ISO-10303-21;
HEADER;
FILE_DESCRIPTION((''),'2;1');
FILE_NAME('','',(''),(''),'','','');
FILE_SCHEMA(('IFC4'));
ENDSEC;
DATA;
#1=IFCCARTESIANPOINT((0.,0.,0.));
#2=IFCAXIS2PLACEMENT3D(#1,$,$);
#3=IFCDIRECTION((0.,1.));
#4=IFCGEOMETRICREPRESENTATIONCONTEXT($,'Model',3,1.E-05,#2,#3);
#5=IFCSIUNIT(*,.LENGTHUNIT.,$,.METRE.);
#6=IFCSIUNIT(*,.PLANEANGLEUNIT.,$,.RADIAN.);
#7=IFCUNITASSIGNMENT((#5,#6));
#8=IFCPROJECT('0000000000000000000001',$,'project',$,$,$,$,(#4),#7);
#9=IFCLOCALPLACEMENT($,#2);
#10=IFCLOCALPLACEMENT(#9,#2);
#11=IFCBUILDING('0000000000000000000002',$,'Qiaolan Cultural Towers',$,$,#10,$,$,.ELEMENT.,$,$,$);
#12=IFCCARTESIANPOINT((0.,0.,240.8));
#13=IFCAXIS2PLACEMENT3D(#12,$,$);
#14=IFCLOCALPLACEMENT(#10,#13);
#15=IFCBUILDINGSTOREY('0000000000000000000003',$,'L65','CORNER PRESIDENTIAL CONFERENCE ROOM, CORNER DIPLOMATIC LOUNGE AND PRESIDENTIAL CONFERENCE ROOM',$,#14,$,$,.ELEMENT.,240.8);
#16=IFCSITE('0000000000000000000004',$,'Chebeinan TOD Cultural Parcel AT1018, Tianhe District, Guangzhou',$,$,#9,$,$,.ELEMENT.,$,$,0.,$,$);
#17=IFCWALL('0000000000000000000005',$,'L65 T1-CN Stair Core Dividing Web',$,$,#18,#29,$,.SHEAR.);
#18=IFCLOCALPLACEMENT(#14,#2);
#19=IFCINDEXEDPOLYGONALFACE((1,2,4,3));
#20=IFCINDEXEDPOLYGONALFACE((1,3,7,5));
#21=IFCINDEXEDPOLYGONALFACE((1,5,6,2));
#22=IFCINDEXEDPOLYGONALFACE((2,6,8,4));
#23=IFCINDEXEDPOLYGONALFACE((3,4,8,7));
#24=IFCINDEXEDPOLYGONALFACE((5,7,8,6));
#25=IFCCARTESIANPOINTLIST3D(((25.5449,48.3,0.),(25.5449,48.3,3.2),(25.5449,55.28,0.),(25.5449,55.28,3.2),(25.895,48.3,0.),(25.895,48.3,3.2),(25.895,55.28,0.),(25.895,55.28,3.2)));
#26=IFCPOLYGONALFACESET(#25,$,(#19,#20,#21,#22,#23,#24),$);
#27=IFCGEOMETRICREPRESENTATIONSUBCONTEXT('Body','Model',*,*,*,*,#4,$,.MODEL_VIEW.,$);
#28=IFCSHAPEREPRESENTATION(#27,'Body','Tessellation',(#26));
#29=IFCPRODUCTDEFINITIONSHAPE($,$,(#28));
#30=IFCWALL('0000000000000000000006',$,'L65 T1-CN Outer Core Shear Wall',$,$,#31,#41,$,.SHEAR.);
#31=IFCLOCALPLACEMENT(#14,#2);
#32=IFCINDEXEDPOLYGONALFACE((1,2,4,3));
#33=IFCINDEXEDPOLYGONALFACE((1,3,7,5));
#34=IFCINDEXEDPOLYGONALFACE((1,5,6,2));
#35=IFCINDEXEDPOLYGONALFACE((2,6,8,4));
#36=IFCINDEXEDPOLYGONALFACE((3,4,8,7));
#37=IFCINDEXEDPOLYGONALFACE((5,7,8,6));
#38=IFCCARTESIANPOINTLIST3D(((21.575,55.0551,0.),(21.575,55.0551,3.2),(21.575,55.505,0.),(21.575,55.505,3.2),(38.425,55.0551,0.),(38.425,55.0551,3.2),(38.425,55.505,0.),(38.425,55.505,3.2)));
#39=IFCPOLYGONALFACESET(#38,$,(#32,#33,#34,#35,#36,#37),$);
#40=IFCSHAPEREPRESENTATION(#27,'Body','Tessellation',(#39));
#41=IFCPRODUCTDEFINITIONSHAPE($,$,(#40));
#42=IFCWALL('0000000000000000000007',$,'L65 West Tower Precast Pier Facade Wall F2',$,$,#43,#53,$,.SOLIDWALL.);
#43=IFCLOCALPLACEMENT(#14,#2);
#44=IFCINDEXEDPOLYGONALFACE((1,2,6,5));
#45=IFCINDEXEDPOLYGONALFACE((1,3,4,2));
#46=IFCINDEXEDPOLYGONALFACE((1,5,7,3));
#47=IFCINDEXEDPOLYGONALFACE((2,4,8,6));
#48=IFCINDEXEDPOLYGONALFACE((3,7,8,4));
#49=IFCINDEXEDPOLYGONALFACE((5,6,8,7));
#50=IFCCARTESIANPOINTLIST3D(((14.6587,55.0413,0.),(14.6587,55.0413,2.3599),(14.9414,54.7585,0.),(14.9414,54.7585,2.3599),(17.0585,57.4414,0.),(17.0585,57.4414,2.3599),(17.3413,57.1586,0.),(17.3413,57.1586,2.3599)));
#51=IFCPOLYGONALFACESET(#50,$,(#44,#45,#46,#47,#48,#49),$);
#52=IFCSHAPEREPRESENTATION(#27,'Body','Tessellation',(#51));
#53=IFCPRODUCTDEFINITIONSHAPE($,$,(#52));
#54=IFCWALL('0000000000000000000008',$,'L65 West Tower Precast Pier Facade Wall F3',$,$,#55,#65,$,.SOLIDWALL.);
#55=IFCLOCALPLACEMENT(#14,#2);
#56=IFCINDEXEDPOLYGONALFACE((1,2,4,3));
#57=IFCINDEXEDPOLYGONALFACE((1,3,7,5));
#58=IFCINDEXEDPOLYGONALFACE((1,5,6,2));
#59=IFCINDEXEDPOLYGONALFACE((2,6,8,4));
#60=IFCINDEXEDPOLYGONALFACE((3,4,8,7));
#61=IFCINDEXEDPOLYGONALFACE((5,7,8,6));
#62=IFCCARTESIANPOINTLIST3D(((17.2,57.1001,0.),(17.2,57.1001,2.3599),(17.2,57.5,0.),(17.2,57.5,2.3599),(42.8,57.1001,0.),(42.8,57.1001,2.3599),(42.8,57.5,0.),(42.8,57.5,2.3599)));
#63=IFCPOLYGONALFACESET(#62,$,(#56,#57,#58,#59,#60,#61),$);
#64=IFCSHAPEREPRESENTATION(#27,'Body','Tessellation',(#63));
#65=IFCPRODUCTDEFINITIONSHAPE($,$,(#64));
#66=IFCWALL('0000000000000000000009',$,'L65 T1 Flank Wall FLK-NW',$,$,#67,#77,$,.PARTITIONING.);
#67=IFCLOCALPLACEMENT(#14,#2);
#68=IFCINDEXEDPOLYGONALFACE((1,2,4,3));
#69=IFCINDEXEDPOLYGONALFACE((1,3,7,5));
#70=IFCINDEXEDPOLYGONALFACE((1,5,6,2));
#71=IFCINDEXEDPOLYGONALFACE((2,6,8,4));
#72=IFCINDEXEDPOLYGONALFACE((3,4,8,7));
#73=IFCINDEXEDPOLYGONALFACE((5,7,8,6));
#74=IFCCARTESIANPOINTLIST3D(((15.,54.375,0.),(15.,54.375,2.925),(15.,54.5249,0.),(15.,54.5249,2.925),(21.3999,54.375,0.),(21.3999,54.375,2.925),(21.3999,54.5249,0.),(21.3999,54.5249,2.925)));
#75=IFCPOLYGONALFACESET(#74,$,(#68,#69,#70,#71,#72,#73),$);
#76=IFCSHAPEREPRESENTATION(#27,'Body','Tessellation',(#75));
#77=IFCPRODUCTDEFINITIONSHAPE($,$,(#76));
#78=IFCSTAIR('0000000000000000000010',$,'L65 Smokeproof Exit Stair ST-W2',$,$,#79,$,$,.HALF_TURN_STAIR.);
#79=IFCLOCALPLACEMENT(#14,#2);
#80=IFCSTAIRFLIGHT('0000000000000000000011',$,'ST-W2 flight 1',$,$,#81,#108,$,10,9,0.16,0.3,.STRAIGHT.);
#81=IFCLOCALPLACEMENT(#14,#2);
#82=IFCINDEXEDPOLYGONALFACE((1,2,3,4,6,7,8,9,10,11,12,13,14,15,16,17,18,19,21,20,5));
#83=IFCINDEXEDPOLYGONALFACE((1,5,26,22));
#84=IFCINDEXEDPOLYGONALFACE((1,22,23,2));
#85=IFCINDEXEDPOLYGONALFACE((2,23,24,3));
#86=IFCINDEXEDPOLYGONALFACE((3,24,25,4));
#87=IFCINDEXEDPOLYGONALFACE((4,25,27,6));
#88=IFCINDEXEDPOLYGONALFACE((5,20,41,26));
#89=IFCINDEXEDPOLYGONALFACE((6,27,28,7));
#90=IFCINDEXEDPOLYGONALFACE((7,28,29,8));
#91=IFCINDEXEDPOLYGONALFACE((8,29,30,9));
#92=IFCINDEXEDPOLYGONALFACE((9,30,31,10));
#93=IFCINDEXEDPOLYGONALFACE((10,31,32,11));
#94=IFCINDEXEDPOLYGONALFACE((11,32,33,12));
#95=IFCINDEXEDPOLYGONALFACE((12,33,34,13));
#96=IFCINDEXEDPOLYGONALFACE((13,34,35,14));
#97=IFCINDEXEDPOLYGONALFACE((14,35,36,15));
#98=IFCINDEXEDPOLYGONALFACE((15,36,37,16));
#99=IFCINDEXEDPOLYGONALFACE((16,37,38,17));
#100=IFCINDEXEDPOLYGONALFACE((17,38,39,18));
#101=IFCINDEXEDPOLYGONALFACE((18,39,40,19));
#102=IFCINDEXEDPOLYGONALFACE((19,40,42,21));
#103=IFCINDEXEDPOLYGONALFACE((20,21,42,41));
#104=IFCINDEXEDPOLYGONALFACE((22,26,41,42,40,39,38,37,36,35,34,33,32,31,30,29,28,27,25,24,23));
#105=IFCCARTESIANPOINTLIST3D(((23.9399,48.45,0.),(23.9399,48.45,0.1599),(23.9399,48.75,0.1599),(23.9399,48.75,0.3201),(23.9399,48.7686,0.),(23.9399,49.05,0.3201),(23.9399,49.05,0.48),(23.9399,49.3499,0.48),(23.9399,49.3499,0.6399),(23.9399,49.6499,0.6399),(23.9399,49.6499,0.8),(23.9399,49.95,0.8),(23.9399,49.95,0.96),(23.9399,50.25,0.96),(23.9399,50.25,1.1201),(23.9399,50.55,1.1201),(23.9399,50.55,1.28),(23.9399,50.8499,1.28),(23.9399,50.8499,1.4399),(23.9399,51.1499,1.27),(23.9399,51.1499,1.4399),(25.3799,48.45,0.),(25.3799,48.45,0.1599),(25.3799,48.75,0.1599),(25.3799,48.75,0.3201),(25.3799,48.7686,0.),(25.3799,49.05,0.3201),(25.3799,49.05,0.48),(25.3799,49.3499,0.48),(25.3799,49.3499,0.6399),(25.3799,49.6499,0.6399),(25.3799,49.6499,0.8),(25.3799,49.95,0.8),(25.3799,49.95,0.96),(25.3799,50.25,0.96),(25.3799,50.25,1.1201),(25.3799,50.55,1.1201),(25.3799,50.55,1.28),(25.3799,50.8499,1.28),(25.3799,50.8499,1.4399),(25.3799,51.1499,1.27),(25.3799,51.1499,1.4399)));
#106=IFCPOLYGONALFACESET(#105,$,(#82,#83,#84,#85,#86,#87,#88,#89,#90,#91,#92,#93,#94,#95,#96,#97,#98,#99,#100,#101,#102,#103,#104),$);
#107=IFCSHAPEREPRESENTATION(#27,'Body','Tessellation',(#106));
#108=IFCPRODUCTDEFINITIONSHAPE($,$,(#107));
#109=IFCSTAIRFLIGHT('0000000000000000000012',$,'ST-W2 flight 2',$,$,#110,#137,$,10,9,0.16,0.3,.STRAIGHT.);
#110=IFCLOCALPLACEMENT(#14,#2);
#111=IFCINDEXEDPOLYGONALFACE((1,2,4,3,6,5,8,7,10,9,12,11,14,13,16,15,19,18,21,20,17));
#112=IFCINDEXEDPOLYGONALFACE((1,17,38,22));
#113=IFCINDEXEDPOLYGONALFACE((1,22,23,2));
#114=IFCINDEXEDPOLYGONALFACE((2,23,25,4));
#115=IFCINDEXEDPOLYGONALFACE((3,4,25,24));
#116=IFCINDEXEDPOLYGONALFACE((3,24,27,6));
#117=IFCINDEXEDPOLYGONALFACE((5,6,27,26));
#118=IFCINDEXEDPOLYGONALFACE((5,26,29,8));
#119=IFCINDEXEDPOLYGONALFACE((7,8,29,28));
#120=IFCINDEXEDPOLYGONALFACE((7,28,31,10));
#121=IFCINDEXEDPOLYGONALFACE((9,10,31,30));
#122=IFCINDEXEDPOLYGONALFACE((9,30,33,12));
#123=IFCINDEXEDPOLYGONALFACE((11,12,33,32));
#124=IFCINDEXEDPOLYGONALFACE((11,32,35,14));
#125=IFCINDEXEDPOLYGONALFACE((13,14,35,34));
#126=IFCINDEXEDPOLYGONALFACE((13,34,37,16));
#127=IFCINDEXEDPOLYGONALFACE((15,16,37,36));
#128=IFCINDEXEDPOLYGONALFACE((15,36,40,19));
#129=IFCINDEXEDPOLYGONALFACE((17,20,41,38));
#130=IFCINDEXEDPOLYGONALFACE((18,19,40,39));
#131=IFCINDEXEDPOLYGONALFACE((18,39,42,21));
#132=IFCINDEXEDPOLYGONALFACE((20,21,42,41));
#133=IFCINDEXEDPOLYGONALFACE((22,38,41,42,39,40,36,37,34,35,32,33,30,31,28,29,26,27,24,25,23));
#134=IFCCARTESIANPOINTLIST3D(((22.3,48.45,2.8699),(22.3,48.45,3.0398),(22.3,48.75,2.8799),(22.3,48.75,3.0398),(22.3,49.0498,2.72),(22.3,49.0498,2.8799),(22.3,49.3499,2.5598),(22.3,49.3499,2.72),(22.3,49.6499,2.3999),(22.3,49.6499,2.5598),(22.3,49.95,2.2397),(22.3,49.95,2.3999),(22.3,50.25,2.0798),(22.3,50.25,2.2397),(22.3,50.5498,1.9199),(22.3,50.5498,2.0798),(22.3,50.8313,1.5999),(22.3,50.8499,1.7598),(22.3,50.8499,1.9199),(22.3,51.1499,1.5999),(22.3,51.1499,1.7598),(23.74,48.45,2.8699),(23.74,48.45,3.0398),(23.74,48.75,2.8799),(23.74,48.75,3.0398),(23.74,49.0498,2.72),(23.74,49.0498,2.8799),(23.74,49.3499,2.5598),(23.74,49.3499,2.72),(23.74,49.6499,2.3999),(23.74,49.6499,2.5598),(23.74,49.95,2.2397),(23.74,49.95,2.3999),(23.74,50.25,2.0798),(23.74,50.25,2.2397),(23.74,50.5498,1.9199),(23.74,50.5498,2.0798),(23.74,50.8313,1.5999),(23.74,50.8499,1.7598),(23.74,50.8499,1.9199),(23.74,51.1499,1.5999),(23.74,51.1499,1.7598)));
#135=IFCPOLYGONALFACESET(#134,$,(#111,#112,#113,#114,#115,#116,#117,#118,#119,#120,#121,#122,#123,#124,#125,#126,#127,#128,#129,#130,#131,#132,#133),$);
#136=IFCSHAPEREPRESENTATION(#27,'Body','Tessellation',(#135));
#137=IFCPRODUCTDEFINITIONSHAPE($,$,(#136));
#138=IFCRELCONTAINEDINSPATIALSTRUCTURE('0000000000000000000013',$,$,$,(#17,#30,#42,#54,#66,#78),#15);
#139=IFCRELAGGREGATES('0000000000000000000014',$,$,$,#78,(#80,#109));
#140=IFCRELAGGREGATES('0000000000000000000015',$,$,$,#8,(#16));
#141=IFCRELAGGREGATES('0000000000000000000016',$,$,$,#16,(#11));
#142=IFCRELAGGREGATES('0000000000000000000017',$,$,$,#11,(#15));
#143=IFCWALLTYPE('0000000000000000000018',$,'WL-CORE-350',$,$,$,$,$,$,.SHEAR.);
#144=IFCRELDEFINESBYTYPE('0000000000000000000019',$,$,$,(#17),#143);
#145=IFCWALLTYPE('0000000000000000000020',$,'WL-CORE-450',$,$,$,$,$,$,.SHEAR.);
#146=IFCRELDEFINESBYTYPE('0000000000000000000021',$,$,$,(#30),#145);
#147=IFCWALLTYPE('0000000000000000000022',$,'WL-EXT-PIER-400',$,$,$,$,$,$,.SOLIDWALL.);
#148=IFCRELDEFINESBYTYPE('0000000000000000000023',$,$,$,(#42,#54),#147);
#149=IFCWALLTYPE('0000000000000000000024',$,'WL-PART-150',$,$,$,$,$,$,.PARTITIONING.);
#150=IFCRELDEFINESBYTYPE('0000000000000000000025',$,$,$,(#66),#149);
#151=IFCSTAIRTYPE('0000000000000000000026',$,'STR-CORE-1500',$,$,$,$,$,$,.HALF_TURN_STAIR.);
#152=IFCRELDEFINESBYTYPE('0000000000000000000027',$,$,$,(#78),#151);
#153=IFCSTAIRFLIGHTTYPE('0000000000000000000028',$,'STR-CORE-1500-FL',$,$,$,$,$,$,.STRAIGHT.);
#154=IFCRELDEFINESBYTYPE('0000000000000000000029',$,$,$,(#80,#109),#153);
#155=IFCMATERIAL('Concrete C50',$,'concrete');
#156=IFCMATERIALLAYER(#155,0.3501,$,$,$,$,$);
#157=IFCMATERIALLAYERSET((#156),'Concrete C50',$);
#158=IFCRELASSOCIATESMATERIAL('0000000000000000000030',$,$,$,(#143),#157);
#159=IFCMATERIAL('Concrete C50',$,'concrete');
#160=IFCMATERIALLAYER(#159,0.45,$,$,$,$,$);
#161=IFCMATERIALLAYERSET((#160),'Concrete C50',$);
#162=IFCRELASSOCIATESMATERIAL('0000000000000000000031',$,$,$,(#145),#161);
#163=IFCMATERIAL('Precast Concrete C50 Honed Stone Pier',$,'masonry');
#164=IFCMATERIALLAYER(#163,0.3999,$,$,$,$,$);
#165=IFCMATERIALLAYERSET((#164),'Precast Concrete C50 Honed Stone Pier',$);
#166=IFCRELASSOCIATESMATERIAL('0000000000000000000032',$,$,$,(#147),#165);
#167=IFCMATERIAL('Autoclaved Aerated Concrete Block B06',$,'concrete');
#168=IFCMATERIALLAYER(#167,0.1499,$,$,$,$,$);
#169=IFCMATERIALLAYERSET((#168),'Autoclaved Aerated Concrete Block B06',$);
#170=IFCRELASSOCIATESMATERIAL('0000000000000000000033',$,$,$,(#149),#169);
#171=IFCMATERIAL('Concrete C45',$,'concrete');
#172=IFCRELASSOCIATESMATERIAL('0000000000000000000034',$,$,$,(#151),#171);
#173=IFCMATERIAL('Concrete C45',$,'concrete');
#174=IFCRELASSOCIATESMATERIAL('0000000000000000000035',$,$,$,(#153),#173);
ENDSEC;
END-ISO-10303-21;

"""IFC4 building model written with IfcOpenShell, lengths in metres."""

from ifc_helpers import new_model, si_unit, direction, frame, frame_2d, origin, place, context, subcontext, project, spatial, polyline, rectangle, outline, extrude, material, layer, layer_set, type_object, element, aggregate, save


model = new_model("IFC4")

# Units and contexts
model_context = context("Model", 3, precision=1e-05, world=origin(), true_north=direction((0.0, 1.0)))
body_context = subcontext(model_context, "Body", "Model", "MODEL_VIEW")
ifc_project = project(units=[si_unit("LENGTHUNIT", "METRE"), si_unit("PLANEANGLEUNIT", "RADIAN")], contexts=[model_context])

# Site, building, storey
site_placement = place(None, origin())
site = spatial("IfcSite", under=ifc_project, at=site_placement, Name="Chebeinan TOD Cultural Parcel AT1018, Tianhe District, Guangzhou", CompositionType="ELEMENT", RefElevation=0.0)
building_placement = place(site_placement, origin())
building = spatial("IfcBuilding", under=site, at=building_placement, Name="Qiaolan Cultural Towers", CompositionType="ELEMENT")
storey_placement = place(building_placement, frame((0.0, 0.0, 240.8)))
storey = spatial("IfcBuildingStorey", under=building, at=storey_placement, Name="L65", Description="CORNER PRESIDENTIAL CONFERENCE ROOM, CORNER DIPLOMATIC LOUNGE AND PRESIDENTIAL CONFERENCE ROOM", CompositionType="ELEMENT", Elevation=240.8)

# Walls
ifc_material_1 = material(Name="Concrete C50", Category="concrete")
ifc_layer_1 = layer(ifc_material_1, 0.3501)
ifc_layer_set_1 = layer_set([ifc_layer_1], Name="Concrete C50")
wall_type_1 = type_object("IfcWallType", Name="WL-CORE-350", PredefinedType="SHEAR", material=ifc_layer_set_1)
wall_1_placement = place(storey_placement, frame((25.72, 48.3, 0.0), z_axis=(0.0, 0.0, 1.0), x_axis=(0.0, 1.0, 0.0)))
element("IfcWall", 1, at=wall_1_placement, inside=storey, type_object=wall_type_1, Name="L65 T1-CN Stair Core Dividing Web", PredefinedType="SHEAR", context=body_context, shape_type="SweptSolid", body=[
    extrude(rectangle(XDim=6.98, YDim=0.3501, at=frame_2d((3.49, 0.0))), origin(), (0.0, 0.0, 1.0), 3.2),
])
ifc_material_2 = material(Name="Concrete C50", Category="concrete")
ifc_layer_2 = layer(ifc_material_2, 0.45)
ifc_layer_set_2 = layer_set([ifc_layer_2], Name="Concrete C50")
wall_type_2 = type_object("IfcWallType", Name="WL-CORE-450", PredefinedType="SHEAR", material=ifc_layer_set_2)
wall_2_placement = place(storey_placement, frame((21.575, 55.28, 0.0), z_axis=(0.0, 0.0, 1.0), x_axis=(1.0, 0.0, 0.0)))
element("IfcWall", 2, at=wall_2_placement, inside=storey, type_object=wall_type_2, Name="L65 T1-CN Outer Core Shear Wall", PredefinedType="SHEAR", context=body_context, shape_type="SweptSolid", body=[
    extrude(rectangle(XDim=16.8501, YDim=0.45, at=frame_2d((8.425, 0.0))), origin(), (0.0, 0.0, 1.0), 3.2),
])
ifc_material_3 = material(Name="Precast Concrete C50 Honed Stone Pier", Category="masonry")
ifc_layer_3 = layer(ifc_material_3, 0.3999)
ifc_layer_set_3 = layer_set([ifc_layer_3], Name="Precast Concrete C50 Honed Stone Pier")
wall_type_3 = type_object("IfcWallType", Name="WL-EXT-PIER-400", PredefinedType="SOLIDWALL", material=ifc_layer_set_3)
wall_3_placement = place(storey_placement, frame((14.8, 54.8999, 0.0), z_axis=(0.0, 0.0, 1.0), x_axis=(0.707071, 0.707143, 0.0)))
element("IfcWall", 3, at=wall_3_placement, inside=storey, type_object=wall_type_3, Name="L65 West Tower Precast Pier Facade Wall F2", PredefinedType="SOLIDWALL", context=body_context, shape_type="SweptSolid", body=[
    extrude(rectangle(XDim=3.394, YDim=0.3999, at=frame_2d((1.697, 0.0))), origin(), (0.0, 0.0, 1.0), 2.3599),
])
wall_4_placement = place(storey_placement, frame((17.2, 57.3, 0.0), z_axis=(0.0, 0.0, 1.0), x_axis=(1.0, 0.0, 0.0)))
element("IfcWall", 4, at=wall_4_placement, inside=storey, type_object=wall_type_3, Name="L65 West Tower Precast Pier Facade Wall F3", PredefinedType="SOLIDWALL", context=body_context, shape_type="SweptSolid", body=[
    extrude(rectangle(XDim=25.6001, YDim=0.3999, at=frame_2d((12.8, 0.0))), origin(), (0.0, 0.0, 1.0), 2.3599),
])
ifc_material_4 = material(Name="Autoclaved Aerated Concrete Block B06", Category="concrete")
ifc_layer_4 = layer(ifc_material_4, 0.1499)
ifc_layer_set_4 = layer_set([ifc_layer_4], Name="Autoclaved Aerated Concrete Block B06")
wall_type_4 = type_object("IfcWallType", Name="WL-PART-150", PredefinedType="PARTITIONING", material=ifc_layer_set_4)
wall_5_placement = place(storey_placement, frame((15.0, 54.45, 0.0), z_axis=(0.0, 0.0, 1.0), x_axis=(1.0, 0.0, 0.0)))
element("IfcWall", 5, at=wall_5_placement, inside=storey, type_object=wall_type_4, Name="L65 T1 Flank Wall FLK-NW", PredefinedType="PARTITIONING", context=body_context, shape_type="SweptSolid", body=[
    extrude(rectangle(XDim=6.3999, YDim=0.1499, at=frame_2d((3.2, 0.0))), origin(), (0.0, 0.0, 1.0), 2.925),
])

# Stair, stair flights
ifc_material_5 = material(Name="Concrete C45", Category="concrete")
stair_type = type_object("IfcStairType", Name="STR-CORE-1500", PredefinedType="HALF_TURN_STAIR", material=ifc_material_5)
stair_placement = place(storey_placement, origin())
stair = element("IfcStair", 6, at=stair_placement, inside=storey, type_object=stair_type, Name="L65 Smokeproof Exit Stair ST-W2", PredefinedType="HALF_TURN_STAIR")
ifc_material_6 = material(Name="Concrete C45", Category="concrete")
stair_flight_type = type_object("IfcStairFlightType", Name="STR-CORE-1500-FL", PredefinedType="STRAIGHT", material=ifc_material_6)
stair_flight_1_placement = place(storey_placement, frame((24.6599, 48.45, 0.0), z_axis=(0.0, 0.0, 1.0), x_axis=(0.0, 1.0, 0.0)))
stair_flight_1 = element("IfcStairFlight", 7, at=stair_flight_1_placement, type_object=stair_flight_type, Name="ST-W2 flight 1", NumberOfRisers=10, NumberOfTreads=9, PredefinedType="STRAIGHT", RiserHeight=0.16, TreadLength=0.3, context=body_context, shape_type="SweptSolid", body=[
    extrude(outline(polyline([(0.0, 0.0), (0.0, 0.1599), (0.3, 0.1599), (0.3, 0.3201), (0.6001, 0.3201), (0.6001, 0.48), (0.8999, 0.48), (0.8999, 0.6399), (1.2, 0.6399), (1.2, 0.8), (1.5, 0.8), (1.5, 0.96), (1.8, 0.96), (1.8, 1.1201), (2.1001, 1.1201), (2.1001, 1.28), (2.3999, 1.28), (2.3999, 1.4399), (2.7, 1.4399), (2.7, 1.6001), (2.7, 1.27), (0.3186, 0.0), (0.0, 0.0)])), frame((0.0, 0.72, 0.0), z_axis=(0.0, -1.0, 0.0), x_axis=(1.0, 0.0, 0.0)), (0.0, 0.0, 1.0), 1.4399),
])
stair_flight_2_placement = place(storey_placement, frame((23.02, 51.1499, 1.5999), z_axis=(0.0, 0.0, 1.0), x_axis=(0.0, -1.0, 0.0)))
stair_flight_2 = element("IfcStairFlight", 8, at=stair_flight_2_placement, type_object=stair_flight_type, Name="ST-W2 flight 2", NumberOfRisers=10, NumberOfTreads=9, PredefinedType="STRAIGHT", RiserHeight=0.16, TreadLength=0.3, context=body_context, shape_type="SweptSolid", body=[
    extrude(outline(polyline([(0.0, 0.0), (0.0, 0.1599), (0.3, 0.1599), (0.3, 0.3201), (0.6001, 0.3201), (0.6001, 0.48), (0.8999, 0.48), (0.8999, 0.6399), (1.2, 0.6399), (1.2, 0.8), (1.5, 0.8), (1.5, 0.96), (1.8, 0.96), (1.8, 1.1201), (2.1001, 1.1201), (2.1001, 1.28), (2.3999, 1.28), (2.3999, 1.4399), (2.7, 1.4399), (2.7, 1.6001), (2.7, 1.27), (0.3186, 0.0), (0.0, 0.0)])), frame((0.0, 0.72, 0.0), z_axis=(0.0, -1.0, 0.0), x_axis=(1.0, 0.0, 0.0)), (0.0, 0.0, 1.0), 1.4399),
])
aggregate(stair, [stair_flight_1, stair_flight_2])

save(model, "model.ifc")
